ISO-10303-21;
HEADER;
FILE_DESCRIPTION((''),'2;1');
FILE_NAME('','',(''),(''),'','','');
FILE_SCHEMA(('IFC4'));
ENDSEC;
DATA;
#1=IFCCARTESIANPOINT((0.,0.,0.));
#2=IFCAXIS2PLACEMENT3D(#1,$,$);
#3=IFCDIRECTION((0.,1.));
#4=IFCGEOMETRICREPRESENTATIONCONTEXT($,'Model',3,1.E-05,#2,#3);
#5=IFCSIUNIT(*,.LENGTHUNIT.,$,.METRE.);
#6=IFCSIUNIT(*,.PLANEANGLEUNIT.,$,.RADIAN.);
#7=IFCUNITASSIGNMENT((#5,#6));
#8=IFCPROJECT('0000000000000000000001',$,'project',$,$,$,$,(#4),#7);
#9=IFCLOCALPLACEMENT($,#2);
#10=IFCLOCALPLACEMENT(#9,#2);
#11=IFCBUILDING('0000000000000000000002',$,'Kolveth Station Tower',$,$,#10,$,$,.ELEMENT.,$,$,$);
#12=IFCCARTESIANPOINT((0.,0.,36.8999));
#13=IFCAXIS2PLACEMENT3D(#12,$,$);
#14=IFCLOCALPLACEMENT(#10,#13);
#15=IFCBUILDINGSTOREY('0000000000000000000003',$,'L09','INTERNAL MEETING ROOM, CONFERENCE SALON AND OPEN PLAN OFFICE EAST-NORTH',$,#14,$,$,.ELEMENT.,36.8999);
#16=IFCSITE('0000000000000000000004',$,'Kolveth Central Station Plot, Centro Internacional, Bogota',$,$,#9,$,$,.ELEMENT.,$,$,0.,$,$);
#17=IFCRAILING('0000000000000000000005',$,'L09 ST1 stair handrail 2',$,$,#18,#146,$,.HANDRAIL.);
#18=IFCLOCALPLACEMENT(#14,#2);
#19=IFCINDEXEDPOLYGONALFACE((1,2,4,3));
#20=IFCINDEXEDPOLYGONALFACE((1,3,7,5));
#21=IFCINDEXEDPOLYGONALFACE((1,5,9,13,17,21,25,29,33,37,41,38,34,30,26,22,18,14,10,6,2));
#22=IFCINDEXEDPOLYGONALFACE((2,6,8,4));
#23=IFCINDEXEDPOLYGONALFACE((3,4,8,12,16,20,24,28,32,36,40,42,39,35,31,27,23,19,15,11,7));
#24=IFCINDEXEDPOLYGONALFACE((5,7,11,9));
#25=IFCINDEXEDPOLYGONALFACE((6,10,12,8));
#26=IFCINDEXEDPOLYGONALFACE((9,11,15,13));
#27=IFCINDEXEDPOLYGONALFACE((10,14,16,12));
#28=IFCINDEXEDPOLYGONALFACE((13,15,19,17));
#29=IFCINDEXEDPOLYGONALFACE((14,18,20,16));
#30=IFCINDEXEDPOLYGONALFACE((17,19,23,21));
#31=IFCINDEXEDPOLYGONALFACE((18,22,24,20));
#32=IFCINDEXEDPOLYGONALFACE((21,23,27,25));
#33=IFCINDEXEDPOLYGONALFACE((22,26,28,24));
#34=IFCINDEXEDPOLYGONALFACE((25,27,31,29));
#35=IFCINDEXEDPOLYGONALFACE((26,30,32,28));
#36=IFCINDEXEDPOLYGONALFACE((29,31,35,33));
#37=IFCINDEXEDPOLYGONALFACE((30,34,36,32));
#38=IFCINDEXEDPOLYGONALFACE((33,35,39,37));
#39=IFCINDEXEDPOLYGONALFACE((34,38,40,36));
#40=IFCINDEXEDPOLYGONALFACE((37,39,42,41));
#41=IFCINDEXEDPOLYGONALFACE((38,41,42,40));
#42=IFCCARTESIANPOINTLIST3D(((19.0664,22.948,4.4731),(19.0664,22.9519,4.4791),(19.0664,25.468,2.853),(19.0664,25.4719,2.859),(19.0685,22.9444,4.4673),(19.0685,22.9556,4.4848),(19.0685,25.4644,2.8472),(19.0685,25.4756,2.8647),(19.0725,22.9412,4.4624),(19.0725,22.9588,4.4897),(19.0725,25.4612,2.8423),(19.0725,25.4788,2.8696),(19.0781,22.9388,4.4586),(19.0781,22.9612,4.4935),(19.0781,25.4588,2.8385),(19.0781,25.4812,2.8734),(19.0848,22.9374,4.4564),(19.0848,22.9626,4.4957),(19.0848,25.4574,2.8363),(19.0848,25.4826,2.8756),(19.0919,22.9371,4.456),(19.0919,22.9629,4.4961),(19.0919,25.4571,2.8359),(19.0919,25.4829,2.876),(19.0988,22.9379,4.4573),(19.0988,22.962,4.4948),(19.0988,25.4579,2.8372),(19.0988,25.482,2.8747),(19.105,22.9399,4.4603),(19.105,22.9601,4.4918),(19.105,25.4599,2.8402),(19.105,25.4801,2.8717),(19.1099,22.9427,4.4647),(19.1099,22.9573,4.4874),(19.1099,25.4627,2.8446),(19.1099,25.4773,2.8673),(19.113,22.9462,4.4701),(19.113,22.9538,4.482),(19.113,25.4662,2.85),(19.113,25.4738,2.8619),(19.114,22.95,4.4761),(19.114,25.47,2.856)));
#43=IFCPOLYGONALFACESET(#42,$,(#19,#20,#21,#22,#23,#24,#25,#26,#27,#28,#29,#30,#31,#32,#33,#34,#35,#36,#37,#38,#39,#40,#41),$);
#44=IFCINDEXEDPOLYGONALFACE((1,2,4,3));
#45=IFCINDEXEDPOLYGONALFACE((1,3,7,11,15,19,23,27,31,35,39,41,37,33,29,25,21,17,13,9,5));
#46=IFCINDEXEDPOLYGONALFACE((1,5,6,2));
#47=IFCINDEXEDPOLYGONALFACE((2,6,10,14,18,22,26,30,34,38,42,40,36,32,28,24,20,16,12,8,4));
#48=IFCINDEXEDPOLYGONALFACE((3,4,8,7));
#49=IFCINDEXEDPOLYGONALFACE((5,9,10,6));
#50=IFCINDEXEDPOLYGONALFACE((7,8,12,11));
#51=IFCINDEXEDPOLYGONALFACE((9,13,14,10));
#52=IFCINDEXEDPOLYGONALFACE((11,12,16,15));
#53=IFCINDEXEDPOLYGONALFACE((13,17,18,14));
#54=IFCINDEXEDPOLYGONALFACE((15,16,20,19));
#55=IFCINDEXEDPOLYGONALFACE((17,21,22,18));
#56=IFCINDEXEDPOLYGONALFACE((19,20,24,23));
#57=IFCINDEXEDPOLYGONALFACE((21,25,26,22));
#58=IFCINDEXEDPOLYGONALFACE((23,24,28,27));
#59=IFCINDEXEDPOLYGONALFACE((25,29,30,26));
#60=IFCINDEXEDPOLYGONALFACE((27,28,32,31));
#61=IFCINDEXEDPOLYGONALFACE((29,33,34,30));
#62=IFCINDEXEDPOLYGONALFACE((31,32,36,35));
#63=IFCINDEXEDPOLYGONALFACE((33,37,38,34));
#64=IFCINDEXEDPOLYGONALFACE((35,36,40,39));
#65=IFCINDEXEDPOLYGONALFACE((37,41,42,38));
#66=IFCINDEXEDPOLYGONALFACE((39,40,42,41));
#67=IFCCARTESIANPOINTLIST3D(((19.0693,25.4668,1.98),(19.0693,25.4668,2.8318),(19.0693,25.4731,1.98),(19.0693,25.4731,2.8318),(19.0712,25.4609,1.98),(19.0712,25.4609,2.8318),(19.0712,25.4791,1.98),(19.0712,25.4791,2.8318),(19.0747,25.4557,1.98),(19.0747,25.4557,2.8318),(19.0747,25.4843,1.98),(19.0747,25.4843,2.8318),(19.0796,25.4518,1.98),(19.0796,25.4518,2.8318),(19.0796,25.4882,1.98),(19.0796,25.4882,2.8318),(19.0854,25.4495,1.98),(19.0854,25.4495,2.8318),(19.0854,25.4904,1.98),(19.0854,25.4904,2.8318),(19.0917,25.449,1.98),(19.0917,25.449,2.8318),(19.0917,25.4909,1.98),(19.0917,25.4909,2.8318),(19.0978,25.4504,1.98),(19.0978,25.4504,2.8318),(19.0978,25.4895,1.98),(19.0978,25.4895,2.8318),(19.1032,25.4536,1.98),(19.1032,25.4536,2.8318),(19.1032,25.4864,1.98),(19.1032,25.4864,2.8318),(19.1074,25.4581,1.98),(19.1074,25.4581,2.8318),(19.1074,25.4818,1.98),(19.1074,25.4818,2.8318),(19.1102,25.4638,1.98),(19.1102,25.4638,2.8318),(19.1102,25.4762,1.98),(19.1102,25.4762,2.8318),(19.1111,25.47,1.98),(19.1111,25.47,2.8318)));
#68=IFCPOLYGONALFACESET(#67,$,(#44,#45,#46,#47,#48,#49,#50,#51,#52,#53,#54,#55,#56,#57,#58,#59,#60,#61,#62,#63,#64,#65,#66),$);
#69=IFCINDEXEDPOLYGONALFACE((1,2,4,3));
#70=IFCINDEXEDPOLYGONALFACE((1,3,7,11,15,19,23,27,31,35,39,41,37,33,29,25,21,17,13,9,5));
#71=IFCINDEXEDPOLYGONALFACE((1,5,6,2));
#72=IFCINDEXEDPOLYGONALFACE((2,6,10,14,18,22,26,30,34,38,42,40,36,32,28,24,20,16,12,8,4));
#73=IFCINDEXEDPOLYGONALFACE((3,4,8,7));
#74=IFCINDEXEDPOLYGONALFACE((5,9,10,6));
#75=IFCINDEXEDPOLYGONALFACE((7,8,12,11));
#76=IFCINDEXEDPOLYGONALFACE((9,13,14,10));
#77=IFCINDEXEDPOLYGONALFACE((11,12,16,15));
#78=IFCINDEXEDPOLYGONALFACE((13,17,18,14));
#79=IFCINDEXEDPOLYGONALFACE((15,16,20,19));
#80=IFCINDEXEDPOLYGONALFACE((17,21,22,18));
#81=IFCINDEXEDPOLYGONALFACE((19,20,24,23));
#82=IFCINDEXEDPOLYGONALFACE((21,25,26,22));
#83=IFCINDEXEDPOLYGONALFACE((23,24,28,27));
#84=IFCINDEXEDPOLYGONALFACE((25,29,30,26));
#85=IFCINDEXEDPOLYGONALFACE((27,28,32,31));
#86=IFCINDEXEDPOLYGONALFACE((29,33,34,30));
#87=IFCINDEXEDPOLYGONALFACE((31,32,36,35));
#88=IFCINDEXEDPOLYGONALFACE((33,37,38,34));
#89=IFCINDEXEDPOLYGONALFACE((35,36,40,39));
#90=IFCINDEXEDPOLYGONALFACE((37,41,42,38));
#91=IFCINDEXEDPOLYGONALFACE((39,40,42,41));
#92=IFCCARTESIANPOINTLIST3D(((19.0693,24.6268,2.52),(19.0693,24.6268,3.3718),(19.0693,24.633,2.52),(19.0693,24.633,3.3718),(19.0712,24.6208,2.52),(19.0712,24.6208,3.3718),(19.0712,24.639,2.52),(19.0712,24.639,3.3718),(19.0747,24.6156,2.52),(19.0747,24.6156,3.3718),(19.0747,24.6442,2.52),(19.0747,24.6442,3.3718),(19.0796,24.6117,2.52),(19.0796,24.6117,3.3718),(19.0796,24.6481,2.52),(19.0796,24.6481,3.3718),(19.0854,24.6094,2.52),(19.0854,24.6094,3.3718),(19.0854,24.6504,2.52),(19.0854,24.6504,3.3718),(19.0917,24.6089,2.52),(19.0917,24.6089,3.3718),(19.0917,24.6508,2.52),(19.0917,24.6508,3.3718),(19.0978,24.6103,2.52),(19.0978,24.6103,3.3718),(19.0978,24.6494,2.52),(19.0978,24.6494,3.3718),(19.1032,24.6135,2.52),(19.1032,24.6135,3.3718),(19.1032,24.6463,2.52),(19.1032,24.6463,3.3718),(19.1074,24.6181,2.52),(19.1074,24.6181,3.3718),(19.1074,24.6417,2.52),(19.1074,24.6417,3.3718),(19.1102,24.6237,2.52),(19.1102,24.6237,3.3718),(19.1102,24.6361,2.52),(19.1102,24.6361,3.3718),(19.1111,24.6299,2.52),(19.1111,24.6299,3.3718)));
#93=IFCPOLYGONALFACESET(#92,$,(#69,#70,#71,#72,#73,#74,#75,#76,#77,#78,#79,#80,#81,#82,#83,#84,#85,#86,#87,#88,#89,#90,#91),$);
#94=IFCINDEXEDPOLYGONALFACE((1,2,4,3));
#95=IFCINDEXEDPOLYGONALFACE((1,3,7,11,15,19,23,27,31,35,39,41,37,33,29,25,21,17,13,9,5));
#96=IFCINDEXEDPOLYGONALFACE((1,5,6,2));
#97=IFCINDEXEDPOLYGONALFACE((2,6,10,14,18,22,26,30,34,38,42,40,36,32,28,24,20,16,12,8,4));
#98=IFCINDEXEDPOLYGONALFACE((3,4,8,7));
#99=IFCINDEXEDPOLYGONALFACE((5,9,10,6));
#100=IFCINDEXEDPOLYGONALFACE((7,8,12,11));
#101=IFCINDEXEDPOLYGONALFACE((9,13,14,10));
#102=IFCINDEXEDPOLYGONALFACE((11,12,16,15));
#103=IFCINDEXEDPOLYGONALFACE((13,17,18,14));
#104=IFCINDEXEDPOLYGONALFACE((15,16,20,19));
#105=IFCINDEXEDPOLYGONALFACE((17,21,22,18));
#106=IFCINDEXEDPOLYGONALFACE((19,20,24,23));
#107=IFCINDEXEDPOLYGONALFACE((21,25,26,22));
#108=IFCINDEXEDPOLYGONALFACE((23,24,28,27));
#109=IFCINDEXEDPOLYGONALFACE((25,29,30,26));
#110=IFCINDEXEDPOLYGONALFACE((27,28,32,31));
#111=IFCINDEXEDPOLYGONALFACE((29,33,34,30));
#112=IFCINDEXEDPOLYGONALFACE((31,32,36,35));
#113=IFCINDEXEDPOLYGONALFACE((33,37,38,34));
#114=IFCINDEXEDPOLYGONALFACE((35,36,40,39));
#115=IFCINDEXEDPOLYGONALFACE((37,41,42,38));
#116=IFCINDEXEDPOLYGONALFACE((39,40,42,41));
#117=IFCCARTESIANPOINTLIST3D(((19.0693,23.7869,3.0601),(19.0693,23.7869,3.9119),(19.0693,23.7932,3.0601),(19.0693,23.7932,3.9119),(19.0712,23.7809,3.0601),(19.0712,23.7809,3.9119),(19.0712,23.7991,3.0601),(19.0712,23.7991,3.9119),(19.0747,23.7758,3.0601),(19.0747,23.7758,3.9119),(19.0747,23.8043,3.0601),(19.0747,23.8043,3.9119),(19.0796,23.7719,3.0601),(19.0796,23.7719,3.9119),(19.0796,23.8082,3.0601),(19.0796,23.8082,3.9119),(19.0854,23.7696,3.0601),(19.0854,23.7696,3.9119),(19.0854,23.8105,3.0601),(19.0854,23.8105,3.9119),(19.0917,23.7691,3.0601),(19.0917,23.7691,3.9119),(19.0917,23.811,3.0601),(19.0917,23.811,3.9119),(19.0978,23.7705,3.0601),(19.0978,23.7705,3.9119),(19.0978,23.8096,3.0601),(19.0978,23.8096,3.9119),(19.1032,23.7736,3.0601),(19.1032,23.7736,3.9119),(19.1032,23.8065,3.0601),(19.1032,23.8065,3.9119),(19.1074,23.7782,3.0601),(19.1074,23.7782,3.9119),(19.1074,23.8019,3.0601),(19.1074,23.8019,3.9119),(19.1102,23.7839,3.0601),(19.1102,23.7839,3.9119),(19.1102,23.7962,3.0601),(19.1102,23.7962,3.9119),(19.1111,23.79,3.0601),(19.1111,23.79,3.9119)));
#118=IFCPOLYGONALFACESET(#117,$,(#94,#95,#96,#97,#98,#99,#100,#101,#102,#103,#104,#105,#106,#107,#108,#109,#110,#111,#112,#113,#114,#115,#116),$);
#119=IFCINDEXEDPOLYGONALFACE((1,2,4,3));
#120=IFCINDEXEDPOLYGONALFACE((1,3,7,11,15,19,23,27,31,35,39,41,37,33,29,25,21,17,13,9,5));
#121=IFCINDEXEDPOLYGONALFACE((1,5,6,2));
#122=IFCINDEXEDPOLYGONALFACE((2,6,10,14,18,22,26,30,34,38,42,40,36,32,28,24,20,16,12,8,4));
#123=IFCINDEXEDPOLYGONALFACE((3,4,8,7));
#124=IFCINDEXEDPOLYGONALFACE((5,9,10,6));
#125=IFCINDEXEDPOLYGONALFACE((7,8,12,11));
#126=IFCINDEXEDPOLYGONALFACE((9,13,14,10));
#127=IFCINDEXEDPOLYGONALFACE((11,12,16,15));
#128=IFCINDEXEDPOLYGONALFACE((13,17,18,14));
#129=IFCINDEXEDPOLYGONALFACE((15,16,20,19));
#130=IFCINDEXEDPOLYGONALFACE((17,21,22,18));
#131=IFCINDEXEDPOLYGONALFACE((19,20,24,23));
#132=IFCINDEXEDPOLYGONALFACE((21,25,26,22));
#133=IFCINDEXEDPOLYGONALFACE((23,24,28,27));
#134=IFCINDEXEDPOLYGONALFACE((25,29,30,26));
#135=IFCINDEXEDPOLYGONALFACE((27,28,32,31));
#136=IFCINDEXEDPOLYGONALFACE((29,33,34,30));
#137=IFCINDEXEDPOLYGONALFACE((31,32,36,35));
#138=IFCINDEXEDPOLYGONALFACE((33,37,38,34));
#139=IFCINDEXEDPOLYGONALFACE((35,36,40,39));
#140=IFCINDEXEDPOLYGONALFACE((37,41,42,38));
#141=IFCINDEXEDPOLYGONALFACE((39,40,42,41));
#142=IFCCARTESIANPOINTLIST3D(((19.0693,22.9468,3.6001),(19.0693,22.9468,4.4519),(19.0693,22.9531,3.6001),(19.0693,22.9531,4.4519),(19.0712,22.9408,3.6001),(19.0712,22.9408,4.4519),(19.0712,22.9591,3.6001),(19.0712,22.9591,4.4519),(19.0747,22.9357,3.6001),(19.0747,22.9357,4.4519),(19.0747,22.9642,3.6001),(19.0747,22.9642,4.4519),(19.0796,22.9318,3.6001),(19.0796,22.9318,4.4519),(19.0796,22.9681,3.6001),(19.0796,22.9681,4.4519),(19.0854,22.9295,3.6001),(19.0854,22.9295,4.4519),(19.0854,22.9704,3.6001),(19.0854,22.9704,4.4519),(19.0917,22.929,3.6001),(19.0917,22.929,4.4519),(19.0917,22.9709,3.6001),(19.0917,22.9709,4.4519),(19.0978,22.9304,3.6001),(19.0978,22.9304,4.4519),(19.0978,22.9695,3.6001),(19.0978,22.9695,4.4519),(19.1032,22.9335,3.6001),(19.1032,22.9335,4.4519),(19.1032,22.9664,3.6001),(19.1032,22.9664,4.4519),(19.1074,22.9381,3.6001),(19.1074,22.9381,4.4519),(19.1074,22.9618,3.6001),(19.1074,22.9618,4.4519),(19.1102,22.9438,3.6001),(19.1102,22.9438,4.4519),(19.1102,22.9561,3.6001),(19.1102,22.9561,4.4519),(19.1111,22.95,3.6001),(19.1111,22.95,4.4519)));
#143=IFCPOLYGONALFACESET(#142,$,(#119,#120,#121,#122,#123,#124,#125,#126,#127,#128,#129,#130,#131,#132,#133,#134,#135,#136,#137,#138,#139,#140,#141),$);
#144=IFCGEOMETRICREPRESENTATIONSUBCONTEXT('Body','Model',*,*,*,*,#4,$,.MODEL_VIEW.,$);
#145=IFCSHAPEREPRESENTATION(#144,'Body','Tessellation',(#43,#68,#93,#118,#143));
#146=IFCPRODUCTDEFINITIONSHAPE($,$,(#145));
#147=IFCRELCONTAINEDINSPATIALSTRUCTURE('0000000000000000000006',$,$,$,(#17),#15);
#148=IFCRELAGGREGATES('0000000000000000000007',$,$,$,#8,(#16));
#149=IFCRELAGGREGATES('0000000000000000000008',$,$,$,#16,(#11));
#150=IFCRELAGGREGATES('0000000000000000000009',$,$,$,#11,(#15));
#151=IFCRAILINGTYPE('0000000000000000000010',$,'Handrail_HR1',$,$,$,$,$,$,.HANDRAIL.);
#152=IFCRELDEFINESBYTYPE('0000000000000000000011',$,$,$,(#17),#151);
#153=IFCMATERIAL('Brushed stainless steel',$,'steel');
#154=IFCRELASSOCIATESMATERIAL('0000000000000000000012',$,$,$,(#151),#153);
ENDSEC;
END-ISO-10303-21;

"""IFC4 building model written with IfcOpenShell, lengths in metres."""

from ifc_helpers import new_model, si_unit, direction, frame, origin, origin_2d, place, context, subcontext, project, spatial, circle, extrude, material, type_object, element, save


model = new_model("IFC4")

# Units and contexts
model_context = context("Model", 3, precision=1e-05, world=origin(), true_north=direction((0.0, 1.0)))
body_context = subcontext(model_context, "Body", "Model", "MODEL_VIEW")
ifc_project = project(units=[si_unit("LENGTHUNIT", "METRE"), si_unit("PLANEANGLEUNIT", "RADIAN")], contexts=[model_context])

# Site, building, storey
site_placement = place(None, origin())
site = spatial("IfcSite", under=ifc_project, at=site_placement, Name="Kolveth Central Station Plot, Centro Internacional, Bogota", CompositionType="ELEMENT", RefElevation=0.0)
building_placement = place(site_placement, origin())
building = spatial("IfcBuilding", under=site, at=building_placement, Name="Kolveth Station Tower", CompositionType="ELEMENT")
storey_placement = place(building_placement, frame((0.0, 0.0, 36.8999)))
storey = spatial("IfcBuildingStorey", under=building, at=storey_placement, Name="L09", Description="INTERNAL MEETING ROOM, CONFERENCE SALON AND OPEN PLAN OFFICE EAST-NORTH", CompositionType="ELEMENT", Elevation=36.8999)

# Railing
ifc_material_1 = material(Name="Brushed stainless steel", Category="steel")
railing_type_1 = type_object("IfcRailingType", Name="Handrail_HR1", PredefinedType="HANDRAIL", material=ifc_material_1)
railing_1_placement = place(storey_placement, frame((19.0901, 25.47, 1.98)))
element("IfcRailing", 1, at=railing_1_placement, inside=storey, type_object=railing_type_1, Name="L09 ST1 stair handrail 2", PredefinedType="HANDRAIL", context=body_context, shape_type="SweptSolid", body=[
    extrude(circle(Radius=0.0239, at=origin_2d()), frame((0.0, 0.0, 0.876), z_axis=(0.0, -0.841163, 0.540782), x_axis=(1.0, 0.0, 0.0)), (0.0, 0.0, 1.0), 2.9958),
    extrude(circle(Radius=0.021, at=origin_2d()), origin(), (0.0, 0.0, 1.0), 0.8518),
    extrude(circle(Radius=0.021, at=origin_2d()), frame((0.0, -0.8401, 0.54)), (0.0, 0.0, 1.0), 0.8518),
    extrude(circle(Radius=0.021, at=origin_2d()), frame((0.0, -1.6799, 1.0801)), (0.0, 0.0, 1.0), 0.8518),
    extrude(circle(Radius=0.021, at=origin_2d()), frame((0.0, -2.52, 1.6201)), (0.0, 0.0, 1.0), 0.8518),
])

save(model, "model.ifc")
